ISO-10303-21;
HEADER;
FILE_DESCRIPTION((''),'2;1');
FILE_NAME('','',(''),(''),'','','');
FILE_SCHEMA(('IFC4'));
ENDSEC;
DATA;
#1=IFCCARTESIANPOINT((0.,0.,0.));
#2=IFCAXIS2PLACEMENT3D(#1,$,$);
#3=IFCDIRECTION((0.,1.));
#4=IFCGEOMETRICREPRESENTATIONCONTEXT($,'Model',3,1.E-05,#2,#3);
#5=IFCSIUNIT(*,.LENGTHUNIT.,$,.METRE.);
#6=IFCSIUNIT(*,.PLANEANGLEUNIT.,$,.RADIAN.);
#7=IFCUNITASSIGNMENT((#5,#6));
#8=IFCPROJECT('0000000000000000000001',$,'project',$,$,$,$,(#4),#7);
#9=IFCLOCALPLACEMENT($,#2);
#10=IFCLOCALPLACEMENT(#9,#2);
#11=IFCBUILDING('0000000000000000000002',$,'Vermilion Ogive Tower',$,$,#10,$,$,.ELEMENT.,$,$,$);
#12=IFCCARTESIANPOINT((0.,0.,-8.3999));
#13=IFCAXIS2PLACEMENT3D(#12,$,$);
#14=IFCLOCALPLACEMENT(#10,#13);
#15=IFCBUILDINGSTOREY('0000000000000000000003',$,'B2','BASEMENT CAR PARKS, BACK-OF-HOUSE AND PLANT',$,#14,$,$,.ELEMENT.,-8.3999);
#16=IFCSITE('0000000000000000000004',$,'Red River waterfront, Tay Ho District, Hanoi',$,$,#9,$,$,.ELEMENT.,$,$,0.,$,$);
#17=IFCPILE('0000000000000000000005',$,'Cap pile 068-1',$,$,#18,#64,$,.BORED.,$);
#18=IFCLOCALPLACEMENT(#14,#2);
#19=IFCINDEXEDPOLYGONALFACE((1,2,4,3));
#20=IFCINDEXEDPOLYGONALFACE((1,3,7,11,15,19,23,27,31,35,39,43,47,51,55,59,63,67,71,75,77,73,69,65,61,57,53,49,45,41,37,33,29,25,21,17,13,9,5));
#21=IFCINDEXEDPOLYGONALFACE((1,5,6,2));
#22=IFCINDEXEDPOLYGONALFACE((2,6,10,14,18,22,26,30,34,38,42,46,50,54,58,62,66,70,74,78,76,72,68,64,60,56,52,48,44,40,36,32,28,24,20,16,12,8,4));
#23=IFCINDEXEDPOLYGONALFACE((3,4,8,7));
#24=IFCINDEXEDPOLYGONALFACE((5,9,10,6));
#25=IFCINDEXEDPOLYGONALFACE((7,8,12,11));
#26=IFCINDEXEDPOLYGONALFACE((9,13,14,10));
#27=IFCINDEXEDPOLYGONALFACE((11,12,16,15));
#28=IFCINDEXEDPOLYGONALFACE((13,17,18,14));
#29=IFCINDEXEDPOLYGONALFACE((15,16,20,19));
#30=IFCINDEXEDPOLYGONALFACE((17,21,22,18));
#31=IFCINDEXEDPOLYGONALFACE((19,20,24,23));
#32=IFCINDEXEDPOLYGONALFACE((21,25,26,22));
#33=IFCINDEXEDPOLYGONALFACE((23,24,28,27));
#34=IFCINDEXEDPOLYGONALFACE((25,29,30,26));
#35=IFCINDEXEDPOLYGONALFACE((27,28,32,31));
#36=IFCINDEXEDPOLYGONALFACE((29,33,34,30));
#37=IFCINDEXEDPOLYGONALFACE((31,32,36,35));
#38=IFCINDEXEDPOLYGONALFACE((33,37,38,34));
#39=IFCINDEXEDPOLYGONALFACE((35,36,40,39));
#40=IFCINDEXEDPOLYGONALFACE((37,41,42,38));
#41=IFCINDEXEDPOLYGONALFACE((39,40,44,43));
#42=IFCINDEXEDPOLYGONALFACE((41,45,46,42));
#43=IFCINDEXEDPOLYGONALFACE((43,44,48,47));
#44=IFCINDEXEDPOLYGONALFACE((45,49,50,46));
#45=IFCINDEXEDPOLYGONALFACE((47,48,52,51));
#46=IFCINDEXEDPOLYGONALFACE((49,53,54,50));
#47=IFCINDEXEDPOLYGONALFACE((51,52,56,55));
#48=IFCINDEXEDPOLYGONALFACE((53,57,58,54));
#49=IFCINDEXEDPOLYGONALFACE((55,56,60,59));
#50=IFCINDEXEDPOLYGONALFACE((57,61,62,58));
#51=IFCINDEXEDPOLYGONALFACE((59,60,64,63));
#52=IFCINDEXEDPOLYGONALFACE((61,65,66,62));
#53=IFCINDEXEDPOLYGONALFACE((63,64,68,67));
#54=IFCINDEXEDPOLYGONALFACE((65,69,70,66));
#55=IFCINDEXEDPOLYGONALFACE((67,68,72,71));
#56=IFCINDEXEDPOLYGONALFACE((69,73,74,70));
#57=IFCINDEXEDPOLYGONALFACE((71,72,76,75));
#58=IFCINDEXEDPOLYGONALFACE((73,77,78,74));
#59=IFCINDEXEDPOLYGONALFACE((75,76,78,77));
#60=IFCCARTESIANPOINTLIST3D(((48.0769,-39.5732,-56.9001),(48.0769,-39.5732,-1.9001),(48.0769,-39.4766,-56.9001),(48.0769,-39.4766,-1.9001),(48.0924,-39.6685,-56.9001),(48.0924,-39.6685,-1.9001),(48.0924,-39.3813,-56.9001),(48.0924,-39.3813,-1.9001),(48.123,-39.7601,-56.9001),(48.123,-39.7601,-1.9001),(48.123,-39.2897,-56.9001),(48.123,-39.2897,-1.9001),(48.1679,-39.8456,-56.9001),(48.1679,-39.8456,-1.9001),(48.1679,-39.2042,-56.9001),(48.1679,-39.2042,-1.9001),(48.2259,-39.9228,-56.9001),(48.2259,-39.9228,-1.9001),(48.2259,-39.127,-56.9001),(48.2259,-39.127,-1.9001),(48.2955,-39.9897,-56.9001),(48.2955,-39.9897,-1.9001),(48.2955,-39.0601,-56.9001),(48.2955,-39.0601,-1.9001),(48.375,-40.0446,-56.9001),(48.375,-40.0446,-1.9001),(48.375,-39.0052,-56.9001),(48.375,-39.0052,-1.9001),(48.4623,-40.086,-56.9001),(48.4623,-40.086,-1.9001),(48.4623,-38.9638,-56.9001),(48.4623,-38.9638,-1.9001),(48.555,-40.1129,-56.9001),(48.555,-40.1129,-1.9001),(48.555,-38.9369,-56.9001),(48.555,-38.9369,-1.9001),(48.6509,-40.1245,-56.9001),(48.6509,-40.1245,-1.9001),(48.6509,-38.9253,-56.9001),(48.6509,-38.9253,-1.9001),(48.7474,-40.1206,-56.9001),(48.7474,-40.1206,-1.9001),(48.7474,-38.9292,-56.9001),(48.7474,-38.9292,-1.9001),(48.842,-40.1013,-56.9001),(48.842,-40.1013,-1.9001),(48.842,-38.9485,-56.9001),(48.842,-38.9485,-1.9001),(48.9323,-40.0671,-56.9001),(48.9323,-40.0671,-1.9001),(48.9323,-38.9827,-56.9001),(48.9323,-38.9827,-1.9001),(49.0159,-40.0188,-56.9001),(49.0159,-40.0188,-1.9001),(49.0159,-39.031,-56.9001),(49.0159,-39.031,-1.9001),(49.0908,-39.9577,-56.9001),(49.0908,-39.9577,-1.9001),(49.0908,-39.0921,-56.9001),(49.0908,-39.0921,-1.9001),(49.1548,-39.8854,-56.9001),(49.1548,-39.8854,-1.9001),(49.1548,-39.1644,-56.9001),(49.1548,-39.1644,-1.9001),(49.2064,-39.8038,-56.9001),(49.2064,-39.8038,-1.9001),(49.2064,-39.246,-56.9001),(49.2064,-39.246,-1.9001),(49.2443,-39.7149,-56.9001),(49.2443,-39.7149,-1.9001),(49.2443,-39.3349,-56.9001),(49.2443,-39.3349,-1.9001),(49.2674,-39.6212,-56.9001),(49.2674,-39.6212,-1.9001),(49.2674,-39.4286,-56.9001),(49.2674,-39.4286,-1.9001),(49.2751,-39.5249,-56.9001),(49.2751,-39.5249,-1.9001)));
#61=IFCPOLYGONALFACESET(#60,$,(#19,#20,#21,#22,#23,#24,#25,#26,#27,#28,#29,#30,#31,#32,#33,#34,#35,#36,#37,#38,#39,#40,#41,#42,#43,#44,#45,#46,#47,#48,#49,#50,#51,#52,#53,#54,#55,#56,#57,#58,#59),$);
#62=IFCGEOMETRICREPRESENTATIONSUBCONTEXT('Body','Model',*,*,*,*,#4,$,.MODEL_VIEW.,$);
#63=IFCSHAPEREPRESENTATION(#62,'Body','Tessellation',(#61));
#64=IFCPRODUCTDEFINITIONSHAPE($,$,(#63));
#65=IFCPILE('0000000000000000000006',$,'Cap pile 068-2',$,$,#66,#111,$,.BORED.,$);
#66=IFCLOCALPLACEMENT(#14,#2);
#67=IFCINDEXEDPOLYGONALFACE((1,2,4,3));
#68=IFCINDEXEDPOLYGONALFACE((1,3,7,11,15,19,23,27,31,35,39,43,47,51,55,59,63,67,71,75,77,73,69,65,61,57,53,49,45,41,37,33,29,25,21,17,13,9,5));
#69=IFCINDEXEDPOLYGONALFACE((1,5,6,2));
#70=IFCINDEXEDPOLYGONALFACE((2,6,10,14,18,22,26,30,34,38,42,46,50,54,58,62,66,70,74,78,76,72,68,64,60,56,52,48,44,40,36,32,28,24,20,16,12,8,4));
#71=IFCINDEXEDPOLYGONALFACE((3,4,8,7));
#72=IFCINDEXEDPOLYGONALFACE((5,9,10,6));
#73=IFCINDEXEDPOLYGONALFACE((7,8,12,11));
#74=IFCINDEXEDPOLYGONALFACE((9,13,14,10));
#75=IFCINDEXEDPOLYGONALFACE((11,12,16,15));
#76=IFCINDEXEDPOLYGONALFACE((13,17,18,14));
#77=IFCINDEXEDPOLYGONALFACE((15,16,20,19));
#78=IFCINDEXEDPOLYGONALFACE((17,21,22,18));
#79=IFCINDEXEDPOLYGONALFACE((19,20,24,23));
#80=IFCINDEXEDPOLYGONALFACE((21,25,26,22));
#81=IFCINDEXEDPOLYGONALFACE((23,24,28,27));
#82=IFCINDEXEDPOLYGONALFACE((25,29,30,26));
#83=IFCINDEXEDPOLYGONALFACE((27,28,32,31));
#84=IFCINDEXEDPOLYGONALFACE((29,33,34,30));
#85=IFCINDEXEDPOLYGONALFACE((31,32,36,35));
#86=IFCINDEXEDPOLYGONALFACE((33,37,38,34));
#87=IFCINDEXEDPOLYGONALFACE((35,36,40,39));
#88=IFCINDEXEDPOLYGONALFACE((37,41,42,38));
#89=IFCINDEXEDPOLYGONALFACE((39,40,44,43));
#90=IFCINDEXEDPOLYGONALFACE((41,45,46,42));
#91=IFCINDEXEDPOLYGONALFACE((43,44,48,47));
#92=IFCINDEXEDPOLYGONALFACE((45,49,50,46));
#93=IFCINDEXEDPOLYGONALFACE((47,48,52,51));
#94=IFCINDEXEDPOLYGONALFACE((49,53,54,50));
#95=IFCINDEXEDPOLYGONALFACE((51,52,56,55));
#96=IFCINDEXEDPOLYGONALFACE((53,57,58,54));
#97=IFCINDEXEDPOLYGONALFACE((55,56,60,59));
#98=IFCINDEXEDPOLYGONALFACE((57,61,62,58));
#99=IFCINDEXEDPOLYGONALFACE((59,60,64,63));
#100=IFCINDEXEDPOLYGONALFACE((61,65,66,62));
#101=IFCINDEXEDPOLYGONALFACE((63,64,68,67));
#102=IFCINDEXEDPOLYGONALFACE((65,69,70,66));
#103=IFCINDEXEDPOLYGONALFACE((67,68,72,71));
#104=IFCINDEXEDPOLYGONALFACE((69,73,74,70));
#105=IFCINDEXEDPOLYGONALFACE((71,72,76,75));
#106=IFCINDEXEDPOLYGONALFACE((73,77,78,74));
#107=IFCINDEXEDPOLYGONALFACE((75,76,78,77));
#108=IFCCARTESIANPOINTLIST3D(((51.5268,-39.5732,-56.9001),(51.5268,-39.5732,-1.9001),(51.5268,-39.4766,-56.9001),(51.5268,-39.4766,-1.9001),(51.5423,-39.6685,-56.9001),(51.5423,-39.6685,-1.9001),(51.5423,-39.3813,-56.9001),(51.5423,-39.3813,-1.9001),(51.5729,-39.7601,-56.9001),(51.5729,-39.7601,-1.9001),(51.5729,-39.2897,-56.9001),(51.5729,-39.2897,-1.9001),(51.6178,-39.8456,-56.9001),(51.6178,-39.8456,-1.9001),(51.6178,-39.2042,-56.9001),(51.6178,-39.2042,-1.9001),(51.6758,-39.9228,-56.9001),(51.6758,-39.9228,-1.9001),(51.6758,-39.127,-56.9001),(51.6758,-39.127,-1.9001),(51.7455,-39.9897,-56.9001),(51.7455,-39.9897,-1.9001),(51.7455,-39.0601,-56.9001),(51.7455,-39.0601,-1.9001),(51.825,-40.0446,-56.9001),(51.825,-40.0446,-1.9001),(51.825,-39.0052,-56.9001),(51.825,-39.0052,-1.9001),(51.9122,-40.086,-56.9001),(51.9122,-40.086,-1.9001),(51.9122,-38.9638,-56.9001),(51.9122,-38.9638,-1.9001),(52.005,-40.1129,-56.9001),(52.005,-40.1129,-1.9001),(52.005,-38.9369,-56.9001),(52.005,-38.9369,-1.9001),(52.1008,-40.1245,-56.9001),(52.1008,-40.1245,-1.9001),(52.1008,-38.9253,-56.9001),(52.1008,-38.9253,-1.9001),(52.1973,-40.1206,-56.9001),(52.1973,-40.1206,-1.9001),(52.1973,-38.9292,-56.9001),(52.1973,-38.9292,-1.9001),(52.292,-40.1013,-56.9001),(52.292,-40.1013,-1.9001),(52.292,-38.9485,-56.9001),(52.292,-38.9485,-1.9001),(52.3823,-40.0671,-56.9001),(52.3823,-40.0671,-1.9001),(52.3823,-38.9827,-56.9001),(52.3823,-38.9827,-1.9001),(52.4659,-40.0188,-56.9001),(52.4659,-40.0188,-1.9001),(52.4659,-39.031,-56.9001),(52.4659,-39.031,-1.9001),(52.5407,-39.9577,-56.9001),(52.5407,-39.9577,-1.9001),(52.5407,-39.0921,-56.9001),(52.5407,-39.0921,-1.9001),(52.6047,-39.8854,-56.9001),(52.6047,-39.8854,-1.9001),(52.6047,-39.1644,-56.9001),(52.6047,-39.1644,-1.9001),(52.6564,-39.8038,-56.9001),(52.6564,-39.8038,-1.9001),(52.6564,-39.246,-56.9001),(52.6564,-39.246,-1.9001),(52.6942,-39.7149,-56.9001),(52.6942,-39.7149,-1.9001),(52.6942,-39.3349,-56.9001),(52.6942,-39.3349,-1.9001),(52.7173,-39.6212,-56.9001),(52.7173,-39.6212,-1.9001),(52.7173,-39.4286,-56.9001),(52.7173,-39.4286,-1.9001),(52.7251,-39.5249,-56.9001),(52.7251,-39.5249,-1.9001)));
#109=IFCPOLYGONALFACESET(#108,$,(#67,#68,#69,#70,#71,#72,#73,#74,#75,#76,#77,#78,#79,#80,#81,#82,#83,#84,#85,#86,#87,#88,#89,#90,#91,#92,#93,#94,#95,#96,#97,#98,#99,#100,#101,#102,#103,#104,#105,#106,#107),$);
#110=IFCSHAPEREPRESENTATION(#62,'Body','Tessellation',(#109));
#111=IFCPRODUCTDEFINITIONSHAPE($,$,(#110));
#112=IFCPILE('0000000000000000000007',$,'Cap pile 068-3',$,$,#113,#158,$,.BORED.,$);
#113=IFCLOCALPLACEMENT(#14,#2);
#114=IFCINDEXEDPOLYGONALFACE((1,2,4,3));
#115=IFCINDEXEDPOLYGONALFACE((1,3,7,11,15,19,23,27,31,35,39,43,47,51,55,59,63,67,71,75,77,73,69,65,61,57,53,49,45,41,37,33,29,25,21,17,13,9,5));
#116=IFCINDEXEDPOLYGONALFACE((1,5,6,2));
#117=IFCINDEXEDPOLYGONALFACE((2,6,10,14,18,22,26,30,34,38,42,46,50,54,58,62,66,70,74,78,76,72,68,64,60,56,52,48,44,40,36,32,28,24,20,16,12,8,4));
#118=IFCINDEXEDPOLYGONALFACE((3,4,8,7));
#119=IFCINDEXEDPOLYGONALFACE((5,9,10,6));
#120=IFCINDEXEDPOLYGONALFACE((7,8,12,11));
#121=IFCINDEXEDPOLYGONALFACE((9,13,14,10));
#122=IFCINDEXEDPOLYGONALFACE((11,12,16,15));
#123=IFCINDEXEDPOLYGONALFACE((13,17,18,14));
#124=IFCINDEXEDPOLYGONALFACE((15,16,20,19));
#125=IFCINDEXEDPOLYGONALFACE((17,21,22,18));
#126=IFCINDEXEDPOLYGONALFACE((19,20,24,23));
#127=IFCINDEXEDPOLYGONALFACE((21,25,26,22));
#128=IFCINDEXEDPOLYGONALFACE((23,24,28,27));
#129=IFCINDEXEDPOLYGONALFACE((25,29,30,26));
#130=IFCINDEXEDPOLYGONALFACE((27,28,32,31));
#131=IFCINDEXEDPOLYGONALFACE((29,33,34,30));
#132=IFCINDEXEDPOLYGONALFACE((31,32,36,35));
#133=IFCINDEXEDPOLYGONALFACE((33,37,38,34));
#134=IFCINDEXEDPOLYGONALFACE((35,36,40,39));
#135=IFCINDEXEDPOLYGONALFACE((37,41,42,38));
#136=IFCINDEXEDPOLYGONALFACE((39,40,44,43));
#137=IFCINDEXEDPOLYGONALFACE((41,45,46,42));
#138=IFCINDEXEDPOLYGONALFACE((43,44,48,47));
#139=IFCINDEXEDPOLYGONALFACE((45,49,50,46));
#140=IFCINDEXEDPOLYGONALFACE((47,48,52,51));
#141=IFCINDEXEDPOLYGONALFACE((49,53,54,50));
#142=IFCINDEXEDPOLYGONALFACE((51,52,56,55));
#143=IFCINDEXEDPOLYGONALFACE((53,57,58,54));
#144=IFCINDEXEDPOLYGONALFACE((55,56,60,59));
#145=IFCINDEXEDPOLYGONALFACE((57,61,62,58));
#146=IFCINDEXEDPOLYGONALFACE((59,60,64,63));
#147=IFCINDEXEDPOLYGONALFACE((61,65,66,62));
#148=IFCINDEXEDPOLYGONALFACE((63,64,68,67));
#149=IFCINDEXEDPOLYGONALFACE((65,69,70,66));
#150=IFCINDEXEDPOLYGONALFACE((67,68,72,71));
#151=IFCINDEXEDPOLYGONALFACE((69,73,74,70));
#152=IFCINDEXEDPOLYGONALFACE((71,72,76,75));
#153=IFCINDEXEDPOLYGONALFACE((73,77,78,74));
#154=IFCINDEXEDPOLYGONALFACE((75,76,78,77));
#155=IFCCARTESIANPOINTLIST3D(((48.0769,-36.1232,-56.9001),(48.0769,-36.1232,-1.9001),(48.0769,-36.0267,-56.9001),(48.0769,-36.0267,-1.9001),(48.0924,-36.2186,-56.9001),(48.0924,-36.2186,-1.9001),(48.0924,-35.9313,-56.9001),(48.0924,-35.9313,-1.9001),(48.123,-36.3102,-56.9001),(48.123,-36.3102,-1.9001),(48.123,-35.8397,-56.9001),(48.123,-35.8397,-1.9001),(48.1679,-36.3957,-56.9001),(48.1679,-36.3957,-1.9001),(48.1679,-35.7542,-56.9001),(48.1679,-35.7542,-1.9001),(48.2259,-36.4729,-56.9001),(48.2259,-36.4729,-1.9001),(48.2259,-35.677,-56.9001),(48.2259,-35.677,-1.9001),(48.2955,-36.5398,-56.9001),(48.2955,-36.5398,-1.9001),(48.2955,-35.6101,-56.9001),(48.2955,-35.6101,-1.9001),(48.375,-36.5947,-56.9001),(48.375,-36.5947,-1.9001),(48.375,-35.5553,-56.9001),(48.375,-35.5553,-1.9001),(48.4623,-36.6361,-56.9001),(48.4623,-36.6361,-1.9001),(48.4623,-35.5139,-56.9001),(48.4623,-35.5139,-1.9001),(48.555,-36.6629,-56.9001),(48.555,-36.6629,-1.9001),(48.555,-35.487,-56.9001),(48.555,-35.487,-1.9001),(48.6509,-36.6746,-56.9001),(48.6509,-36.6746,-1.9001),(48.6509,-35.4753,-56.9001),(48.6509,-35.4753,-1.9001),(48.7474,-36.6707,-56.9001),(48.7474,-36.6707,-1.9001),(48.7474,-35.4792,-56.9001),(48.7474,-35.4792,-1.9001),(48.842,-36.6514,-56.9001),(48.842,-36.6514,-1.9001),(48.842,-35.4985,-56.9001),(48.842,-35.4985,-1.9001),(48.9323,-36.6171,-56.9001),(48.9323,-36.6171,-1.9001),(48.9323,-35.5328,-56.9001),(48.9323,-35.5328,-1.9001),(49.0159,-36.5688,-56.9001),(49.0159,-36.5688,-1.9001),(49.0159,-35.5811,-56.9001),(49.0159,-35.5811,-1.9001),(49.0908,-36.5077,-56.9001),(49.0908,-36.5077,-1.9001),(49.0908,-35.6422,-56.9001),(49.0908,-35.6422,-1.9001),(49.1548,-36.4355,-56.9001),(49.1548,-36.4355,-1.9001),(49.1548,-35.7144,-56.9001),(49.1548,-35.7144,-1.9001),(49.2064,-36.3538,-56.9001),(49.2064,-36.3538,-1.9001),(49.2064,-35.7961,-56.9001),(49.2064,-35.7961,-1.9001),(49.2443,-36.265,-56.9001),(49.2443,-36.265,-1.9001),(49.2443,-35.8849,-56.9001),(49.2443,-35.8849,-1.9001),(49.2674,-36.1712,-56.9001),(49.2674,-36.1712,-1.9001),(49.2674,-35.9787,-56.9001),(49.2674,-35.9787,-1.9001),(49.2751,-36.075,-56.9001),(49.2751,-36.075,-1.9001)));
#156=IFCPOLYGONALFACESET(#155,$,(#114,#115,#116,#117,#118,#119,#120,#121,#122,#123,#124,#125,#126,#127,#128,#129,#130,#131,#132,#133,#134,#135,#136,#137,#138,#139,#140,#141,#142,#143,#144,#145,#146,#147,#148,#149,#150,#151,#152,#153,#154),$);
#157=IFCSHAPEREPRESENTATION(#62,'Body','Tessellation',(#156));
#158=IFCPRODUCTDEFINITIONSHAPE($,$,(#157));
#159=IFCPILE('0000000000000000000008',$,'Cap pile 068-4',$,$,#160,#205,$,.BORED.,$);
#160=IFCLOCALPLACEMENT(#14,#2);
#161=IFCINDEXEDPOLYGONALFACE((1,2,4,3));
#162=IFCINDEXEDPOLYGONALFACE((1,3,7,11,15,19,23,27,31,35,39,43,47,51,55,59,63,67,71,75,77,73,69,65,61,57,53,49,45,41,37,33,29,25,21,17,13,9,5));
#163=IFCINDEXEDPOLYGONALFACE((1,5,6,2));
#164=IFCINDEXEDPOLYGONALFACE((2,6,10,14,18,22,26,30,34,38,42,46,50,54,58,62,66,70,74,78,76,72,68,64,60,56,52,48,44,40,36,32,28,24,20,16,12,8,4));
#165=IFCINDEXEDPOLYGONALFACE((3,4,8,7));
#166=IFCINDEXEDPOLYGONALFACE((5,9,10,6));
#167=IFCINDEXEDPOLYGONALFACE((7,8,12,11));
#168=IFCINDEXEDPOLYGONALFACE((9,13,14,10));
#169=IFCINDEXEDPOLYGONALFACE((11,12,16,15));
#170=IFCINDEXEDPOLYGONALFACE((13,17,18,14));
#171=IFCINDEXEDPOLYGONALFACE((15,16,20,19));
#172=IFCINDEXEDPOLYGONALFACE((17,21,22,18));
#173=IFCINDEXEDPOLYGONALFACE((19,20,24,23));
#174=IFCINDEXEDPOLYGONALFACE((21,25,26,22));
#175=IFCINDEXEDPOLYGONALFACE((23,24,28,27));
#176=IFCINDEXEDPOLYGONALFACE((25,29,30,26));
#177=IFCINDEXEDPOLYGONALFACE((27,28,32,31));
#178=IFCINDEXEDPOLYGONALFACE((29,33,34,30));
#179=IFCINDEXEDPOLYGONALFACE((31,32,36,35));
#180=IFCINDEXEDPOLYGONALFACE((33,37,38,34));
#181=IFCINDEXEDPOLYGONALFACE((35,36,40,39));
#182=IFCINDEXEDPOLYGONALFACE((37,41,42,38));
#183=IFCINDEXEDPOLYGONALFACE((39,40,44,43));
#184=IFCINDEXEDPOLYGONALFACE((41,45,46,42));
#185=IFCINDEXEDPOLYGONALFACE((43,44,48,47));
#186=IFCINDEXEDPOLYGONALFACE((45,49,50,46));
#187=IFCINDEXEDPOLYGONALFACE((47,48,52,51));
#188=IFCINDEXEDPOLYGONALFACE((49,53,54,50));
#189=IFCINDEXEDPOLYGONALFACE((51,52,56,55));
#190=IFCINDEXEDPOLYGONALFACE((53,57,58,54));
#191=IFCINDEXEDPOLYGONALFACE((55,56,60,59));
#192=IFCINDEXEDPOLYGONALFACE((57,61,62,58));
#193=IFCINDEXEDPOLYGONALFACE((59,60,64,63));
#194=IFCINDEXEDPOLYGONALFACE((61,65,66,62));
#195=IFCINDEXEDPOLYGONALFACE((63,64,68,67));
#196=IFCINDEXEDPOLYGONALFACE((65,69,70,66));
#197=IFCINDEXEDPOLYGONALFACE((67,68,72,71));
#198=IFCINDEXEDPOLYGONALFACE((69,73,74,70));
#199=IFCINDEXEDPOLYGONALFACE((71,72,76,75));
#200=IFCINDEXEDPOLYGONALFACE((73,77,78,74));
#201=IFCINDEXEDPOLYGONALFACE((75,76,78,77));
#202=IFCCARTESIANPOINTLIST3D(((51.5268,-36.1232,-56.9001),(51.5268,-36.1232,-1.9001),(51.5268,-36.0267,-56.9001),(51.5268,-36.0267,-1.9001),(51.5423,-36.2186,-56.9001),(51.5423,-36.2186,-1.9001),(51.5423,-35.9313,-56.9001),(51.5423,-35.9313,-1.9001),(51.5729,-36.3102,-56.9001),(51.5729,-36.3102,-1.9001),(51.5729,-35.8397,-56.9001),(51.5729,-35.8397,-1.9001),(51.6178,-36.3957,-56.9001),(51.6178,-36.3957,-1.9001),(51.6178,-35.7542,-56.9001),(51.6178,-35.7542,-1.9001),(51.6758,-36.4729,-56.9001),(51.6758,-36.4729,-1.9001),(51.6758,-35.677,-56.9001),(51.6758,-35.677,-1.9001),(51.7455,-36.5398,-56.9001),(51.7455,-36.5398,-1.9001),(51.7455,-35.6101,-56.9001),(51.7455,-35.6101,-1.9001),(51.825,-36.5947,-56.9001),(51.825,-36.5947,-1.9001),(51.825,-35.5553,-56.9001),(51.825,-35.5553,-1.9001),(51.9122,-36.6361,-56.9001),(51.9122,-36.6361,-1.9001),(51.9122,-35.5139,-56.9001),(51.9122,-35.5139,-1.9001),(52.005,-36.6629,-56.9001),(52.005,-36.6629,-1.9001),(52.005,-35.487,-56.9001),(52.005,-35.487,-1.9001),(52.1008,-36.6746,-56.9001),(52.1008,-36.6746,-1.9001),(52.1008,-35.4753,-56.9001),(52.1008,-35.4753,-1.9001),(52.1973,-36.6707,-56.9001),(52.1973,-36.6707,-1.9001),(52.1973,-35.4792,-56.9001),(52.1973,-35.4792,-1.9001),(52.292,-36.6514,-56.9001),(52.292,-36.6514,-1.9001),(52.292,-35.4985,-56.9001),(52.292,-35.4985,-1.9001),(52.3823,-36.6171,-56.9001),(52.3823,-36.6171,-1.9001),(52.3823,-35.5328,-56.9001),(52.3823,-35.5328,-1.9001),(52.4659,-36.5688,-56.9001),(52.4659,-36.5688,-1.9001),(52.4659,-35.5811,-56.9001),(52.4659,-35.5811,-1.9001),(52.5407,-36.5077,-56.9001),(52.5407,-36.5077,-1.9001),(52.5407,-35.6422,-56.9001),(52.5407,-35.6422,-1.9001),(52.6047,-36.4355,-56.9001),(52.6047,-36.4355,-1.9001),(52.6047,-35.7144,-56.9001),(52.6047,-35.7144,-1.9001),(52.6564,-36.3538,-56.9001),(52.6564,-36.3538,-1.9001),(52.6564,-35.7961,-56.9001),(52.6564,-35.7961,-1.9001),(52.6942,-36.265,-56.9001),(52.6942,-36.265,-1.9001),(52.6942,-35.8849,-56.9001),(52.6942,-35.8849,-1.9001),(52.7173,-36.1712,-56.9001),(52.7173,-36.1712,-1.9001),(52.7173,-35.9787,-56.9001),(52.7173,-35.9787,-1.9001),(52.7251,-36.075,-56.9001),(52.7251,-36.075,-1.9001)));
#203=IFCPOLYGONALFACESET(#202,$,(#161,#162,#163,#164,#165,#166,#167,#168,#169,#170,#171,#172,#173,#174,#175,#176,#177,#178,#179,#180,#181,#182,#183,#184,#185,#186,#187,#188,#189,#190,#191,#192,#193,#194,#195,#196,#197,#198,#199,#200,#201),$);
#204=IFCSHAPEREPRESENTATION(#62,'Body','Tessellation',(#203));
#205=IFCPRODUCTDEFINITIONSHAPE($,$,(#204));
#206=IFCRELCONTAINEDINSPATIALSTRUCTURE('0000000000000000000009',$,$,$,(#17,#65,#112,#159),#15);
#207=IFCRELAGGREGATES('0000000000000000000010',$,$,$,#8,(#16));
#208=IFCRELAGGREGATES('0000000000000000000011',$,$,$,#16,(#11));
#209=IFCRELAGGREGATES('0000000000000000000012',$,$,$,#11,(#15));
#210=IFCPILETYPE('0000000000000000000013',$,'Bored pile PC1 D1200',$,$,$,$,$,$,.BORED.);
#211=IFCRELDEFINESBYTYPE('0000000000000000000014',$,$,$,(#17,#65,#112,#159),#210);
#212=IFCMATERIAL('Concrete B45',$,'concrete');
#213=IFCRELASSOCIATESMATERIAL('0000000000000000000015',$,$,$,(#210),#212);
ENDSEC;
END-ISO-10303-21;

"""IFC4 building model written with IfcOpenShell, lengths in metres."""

from ifc_helpers import new_model, si_unit, direction, frame, origin, origin_2d, place, context, subcontext, project, spatial, circle, extrude, material, type_object, element, save


model = new_model("IFC4")

# Units and contexts
model_context = context("Model", 3, precision=1e-05, world=origin(), true_north=direction((0.0, 1.0)))
body_context = subcontext(model_context, "Body", "Model", "MODEL_VIEW")
ifc_project = project(units=[si_unit("LENGTHUNIT", "METRE"), si_unit("PLANEANGLEUNIT", "RADIAN")], contexts=[model_context])

# Site, building, storey
site_placement = place(None, origin())
site = spatial("IfcSite", under=ifc_project, at=site_placement, Name="Red River waterfront, Tay Ho District, Hanoi", CompositionType="ELEMENT", RefElevation=0.0)
building_placement = place(site_placement, origin())
building = spatial("IfcBuilding", under=site, at=building_placement, Name="Vermilion Ogive Tower", CompositionType="ELEMENT")
storey_placement = place(building_placement, frame((0.0, 0.0, -8.3999)))
storey = spatial("IfcBuildingStorey", under=building, at=storey_placement, Name="B2", Description="BASEMENT CAR PARKS, BACK-OF-HOUSE AND PLANT", CompositionType="ELEMENT", Elevation=-8.3999)

# Piles
ifc_material_1 = material(Name="Concrete B45", Category="concrete")
pile_type = type_object("IfcPileType", Name="Bored pile PC1 D1200", PredefinedType="BORED", material=ifc_material_1)
for number, where, z_axis, x_axis, name in (
    (1, (48.675, -39.5249, -1.9001), (0.0, 0.0, -1.0), (1.0, 0.0, 0.0), "Cap pile 068-1"),
    (2, (52.125, -39.5249, -1.9001), (0.0, 0.0, -1.0), (1.0, 0.0, 0.0), "Cap pile 068-2"),
    (3, (48.675, -36.075, -1.9001), (0.0, 0.0, -1.0), (1.0, 0.0, 0.0), "Cap pile 068-3"),
    (4, (52.125, -36.075, -1.9001), (0.0, 0.0, -1.0), (1.0, 0.0, 0.0), "Cap pile 068-4"),
):
    element("IfcPile", number, at=place(storey_placement, frame(where, z_axis=z_axis, x_axis=x_axis)), inside=storey, type_object=pile_type, Name=name, PredefinedType="BORED", context=body_context, shape_type="SweptSolid", body=[
        extrude(circle(Radius=0.6001, at=origin_2d()), origin(), (0.0, 0.0, 1.0), 55.0),
    ])

save(model, "model.ifc")
